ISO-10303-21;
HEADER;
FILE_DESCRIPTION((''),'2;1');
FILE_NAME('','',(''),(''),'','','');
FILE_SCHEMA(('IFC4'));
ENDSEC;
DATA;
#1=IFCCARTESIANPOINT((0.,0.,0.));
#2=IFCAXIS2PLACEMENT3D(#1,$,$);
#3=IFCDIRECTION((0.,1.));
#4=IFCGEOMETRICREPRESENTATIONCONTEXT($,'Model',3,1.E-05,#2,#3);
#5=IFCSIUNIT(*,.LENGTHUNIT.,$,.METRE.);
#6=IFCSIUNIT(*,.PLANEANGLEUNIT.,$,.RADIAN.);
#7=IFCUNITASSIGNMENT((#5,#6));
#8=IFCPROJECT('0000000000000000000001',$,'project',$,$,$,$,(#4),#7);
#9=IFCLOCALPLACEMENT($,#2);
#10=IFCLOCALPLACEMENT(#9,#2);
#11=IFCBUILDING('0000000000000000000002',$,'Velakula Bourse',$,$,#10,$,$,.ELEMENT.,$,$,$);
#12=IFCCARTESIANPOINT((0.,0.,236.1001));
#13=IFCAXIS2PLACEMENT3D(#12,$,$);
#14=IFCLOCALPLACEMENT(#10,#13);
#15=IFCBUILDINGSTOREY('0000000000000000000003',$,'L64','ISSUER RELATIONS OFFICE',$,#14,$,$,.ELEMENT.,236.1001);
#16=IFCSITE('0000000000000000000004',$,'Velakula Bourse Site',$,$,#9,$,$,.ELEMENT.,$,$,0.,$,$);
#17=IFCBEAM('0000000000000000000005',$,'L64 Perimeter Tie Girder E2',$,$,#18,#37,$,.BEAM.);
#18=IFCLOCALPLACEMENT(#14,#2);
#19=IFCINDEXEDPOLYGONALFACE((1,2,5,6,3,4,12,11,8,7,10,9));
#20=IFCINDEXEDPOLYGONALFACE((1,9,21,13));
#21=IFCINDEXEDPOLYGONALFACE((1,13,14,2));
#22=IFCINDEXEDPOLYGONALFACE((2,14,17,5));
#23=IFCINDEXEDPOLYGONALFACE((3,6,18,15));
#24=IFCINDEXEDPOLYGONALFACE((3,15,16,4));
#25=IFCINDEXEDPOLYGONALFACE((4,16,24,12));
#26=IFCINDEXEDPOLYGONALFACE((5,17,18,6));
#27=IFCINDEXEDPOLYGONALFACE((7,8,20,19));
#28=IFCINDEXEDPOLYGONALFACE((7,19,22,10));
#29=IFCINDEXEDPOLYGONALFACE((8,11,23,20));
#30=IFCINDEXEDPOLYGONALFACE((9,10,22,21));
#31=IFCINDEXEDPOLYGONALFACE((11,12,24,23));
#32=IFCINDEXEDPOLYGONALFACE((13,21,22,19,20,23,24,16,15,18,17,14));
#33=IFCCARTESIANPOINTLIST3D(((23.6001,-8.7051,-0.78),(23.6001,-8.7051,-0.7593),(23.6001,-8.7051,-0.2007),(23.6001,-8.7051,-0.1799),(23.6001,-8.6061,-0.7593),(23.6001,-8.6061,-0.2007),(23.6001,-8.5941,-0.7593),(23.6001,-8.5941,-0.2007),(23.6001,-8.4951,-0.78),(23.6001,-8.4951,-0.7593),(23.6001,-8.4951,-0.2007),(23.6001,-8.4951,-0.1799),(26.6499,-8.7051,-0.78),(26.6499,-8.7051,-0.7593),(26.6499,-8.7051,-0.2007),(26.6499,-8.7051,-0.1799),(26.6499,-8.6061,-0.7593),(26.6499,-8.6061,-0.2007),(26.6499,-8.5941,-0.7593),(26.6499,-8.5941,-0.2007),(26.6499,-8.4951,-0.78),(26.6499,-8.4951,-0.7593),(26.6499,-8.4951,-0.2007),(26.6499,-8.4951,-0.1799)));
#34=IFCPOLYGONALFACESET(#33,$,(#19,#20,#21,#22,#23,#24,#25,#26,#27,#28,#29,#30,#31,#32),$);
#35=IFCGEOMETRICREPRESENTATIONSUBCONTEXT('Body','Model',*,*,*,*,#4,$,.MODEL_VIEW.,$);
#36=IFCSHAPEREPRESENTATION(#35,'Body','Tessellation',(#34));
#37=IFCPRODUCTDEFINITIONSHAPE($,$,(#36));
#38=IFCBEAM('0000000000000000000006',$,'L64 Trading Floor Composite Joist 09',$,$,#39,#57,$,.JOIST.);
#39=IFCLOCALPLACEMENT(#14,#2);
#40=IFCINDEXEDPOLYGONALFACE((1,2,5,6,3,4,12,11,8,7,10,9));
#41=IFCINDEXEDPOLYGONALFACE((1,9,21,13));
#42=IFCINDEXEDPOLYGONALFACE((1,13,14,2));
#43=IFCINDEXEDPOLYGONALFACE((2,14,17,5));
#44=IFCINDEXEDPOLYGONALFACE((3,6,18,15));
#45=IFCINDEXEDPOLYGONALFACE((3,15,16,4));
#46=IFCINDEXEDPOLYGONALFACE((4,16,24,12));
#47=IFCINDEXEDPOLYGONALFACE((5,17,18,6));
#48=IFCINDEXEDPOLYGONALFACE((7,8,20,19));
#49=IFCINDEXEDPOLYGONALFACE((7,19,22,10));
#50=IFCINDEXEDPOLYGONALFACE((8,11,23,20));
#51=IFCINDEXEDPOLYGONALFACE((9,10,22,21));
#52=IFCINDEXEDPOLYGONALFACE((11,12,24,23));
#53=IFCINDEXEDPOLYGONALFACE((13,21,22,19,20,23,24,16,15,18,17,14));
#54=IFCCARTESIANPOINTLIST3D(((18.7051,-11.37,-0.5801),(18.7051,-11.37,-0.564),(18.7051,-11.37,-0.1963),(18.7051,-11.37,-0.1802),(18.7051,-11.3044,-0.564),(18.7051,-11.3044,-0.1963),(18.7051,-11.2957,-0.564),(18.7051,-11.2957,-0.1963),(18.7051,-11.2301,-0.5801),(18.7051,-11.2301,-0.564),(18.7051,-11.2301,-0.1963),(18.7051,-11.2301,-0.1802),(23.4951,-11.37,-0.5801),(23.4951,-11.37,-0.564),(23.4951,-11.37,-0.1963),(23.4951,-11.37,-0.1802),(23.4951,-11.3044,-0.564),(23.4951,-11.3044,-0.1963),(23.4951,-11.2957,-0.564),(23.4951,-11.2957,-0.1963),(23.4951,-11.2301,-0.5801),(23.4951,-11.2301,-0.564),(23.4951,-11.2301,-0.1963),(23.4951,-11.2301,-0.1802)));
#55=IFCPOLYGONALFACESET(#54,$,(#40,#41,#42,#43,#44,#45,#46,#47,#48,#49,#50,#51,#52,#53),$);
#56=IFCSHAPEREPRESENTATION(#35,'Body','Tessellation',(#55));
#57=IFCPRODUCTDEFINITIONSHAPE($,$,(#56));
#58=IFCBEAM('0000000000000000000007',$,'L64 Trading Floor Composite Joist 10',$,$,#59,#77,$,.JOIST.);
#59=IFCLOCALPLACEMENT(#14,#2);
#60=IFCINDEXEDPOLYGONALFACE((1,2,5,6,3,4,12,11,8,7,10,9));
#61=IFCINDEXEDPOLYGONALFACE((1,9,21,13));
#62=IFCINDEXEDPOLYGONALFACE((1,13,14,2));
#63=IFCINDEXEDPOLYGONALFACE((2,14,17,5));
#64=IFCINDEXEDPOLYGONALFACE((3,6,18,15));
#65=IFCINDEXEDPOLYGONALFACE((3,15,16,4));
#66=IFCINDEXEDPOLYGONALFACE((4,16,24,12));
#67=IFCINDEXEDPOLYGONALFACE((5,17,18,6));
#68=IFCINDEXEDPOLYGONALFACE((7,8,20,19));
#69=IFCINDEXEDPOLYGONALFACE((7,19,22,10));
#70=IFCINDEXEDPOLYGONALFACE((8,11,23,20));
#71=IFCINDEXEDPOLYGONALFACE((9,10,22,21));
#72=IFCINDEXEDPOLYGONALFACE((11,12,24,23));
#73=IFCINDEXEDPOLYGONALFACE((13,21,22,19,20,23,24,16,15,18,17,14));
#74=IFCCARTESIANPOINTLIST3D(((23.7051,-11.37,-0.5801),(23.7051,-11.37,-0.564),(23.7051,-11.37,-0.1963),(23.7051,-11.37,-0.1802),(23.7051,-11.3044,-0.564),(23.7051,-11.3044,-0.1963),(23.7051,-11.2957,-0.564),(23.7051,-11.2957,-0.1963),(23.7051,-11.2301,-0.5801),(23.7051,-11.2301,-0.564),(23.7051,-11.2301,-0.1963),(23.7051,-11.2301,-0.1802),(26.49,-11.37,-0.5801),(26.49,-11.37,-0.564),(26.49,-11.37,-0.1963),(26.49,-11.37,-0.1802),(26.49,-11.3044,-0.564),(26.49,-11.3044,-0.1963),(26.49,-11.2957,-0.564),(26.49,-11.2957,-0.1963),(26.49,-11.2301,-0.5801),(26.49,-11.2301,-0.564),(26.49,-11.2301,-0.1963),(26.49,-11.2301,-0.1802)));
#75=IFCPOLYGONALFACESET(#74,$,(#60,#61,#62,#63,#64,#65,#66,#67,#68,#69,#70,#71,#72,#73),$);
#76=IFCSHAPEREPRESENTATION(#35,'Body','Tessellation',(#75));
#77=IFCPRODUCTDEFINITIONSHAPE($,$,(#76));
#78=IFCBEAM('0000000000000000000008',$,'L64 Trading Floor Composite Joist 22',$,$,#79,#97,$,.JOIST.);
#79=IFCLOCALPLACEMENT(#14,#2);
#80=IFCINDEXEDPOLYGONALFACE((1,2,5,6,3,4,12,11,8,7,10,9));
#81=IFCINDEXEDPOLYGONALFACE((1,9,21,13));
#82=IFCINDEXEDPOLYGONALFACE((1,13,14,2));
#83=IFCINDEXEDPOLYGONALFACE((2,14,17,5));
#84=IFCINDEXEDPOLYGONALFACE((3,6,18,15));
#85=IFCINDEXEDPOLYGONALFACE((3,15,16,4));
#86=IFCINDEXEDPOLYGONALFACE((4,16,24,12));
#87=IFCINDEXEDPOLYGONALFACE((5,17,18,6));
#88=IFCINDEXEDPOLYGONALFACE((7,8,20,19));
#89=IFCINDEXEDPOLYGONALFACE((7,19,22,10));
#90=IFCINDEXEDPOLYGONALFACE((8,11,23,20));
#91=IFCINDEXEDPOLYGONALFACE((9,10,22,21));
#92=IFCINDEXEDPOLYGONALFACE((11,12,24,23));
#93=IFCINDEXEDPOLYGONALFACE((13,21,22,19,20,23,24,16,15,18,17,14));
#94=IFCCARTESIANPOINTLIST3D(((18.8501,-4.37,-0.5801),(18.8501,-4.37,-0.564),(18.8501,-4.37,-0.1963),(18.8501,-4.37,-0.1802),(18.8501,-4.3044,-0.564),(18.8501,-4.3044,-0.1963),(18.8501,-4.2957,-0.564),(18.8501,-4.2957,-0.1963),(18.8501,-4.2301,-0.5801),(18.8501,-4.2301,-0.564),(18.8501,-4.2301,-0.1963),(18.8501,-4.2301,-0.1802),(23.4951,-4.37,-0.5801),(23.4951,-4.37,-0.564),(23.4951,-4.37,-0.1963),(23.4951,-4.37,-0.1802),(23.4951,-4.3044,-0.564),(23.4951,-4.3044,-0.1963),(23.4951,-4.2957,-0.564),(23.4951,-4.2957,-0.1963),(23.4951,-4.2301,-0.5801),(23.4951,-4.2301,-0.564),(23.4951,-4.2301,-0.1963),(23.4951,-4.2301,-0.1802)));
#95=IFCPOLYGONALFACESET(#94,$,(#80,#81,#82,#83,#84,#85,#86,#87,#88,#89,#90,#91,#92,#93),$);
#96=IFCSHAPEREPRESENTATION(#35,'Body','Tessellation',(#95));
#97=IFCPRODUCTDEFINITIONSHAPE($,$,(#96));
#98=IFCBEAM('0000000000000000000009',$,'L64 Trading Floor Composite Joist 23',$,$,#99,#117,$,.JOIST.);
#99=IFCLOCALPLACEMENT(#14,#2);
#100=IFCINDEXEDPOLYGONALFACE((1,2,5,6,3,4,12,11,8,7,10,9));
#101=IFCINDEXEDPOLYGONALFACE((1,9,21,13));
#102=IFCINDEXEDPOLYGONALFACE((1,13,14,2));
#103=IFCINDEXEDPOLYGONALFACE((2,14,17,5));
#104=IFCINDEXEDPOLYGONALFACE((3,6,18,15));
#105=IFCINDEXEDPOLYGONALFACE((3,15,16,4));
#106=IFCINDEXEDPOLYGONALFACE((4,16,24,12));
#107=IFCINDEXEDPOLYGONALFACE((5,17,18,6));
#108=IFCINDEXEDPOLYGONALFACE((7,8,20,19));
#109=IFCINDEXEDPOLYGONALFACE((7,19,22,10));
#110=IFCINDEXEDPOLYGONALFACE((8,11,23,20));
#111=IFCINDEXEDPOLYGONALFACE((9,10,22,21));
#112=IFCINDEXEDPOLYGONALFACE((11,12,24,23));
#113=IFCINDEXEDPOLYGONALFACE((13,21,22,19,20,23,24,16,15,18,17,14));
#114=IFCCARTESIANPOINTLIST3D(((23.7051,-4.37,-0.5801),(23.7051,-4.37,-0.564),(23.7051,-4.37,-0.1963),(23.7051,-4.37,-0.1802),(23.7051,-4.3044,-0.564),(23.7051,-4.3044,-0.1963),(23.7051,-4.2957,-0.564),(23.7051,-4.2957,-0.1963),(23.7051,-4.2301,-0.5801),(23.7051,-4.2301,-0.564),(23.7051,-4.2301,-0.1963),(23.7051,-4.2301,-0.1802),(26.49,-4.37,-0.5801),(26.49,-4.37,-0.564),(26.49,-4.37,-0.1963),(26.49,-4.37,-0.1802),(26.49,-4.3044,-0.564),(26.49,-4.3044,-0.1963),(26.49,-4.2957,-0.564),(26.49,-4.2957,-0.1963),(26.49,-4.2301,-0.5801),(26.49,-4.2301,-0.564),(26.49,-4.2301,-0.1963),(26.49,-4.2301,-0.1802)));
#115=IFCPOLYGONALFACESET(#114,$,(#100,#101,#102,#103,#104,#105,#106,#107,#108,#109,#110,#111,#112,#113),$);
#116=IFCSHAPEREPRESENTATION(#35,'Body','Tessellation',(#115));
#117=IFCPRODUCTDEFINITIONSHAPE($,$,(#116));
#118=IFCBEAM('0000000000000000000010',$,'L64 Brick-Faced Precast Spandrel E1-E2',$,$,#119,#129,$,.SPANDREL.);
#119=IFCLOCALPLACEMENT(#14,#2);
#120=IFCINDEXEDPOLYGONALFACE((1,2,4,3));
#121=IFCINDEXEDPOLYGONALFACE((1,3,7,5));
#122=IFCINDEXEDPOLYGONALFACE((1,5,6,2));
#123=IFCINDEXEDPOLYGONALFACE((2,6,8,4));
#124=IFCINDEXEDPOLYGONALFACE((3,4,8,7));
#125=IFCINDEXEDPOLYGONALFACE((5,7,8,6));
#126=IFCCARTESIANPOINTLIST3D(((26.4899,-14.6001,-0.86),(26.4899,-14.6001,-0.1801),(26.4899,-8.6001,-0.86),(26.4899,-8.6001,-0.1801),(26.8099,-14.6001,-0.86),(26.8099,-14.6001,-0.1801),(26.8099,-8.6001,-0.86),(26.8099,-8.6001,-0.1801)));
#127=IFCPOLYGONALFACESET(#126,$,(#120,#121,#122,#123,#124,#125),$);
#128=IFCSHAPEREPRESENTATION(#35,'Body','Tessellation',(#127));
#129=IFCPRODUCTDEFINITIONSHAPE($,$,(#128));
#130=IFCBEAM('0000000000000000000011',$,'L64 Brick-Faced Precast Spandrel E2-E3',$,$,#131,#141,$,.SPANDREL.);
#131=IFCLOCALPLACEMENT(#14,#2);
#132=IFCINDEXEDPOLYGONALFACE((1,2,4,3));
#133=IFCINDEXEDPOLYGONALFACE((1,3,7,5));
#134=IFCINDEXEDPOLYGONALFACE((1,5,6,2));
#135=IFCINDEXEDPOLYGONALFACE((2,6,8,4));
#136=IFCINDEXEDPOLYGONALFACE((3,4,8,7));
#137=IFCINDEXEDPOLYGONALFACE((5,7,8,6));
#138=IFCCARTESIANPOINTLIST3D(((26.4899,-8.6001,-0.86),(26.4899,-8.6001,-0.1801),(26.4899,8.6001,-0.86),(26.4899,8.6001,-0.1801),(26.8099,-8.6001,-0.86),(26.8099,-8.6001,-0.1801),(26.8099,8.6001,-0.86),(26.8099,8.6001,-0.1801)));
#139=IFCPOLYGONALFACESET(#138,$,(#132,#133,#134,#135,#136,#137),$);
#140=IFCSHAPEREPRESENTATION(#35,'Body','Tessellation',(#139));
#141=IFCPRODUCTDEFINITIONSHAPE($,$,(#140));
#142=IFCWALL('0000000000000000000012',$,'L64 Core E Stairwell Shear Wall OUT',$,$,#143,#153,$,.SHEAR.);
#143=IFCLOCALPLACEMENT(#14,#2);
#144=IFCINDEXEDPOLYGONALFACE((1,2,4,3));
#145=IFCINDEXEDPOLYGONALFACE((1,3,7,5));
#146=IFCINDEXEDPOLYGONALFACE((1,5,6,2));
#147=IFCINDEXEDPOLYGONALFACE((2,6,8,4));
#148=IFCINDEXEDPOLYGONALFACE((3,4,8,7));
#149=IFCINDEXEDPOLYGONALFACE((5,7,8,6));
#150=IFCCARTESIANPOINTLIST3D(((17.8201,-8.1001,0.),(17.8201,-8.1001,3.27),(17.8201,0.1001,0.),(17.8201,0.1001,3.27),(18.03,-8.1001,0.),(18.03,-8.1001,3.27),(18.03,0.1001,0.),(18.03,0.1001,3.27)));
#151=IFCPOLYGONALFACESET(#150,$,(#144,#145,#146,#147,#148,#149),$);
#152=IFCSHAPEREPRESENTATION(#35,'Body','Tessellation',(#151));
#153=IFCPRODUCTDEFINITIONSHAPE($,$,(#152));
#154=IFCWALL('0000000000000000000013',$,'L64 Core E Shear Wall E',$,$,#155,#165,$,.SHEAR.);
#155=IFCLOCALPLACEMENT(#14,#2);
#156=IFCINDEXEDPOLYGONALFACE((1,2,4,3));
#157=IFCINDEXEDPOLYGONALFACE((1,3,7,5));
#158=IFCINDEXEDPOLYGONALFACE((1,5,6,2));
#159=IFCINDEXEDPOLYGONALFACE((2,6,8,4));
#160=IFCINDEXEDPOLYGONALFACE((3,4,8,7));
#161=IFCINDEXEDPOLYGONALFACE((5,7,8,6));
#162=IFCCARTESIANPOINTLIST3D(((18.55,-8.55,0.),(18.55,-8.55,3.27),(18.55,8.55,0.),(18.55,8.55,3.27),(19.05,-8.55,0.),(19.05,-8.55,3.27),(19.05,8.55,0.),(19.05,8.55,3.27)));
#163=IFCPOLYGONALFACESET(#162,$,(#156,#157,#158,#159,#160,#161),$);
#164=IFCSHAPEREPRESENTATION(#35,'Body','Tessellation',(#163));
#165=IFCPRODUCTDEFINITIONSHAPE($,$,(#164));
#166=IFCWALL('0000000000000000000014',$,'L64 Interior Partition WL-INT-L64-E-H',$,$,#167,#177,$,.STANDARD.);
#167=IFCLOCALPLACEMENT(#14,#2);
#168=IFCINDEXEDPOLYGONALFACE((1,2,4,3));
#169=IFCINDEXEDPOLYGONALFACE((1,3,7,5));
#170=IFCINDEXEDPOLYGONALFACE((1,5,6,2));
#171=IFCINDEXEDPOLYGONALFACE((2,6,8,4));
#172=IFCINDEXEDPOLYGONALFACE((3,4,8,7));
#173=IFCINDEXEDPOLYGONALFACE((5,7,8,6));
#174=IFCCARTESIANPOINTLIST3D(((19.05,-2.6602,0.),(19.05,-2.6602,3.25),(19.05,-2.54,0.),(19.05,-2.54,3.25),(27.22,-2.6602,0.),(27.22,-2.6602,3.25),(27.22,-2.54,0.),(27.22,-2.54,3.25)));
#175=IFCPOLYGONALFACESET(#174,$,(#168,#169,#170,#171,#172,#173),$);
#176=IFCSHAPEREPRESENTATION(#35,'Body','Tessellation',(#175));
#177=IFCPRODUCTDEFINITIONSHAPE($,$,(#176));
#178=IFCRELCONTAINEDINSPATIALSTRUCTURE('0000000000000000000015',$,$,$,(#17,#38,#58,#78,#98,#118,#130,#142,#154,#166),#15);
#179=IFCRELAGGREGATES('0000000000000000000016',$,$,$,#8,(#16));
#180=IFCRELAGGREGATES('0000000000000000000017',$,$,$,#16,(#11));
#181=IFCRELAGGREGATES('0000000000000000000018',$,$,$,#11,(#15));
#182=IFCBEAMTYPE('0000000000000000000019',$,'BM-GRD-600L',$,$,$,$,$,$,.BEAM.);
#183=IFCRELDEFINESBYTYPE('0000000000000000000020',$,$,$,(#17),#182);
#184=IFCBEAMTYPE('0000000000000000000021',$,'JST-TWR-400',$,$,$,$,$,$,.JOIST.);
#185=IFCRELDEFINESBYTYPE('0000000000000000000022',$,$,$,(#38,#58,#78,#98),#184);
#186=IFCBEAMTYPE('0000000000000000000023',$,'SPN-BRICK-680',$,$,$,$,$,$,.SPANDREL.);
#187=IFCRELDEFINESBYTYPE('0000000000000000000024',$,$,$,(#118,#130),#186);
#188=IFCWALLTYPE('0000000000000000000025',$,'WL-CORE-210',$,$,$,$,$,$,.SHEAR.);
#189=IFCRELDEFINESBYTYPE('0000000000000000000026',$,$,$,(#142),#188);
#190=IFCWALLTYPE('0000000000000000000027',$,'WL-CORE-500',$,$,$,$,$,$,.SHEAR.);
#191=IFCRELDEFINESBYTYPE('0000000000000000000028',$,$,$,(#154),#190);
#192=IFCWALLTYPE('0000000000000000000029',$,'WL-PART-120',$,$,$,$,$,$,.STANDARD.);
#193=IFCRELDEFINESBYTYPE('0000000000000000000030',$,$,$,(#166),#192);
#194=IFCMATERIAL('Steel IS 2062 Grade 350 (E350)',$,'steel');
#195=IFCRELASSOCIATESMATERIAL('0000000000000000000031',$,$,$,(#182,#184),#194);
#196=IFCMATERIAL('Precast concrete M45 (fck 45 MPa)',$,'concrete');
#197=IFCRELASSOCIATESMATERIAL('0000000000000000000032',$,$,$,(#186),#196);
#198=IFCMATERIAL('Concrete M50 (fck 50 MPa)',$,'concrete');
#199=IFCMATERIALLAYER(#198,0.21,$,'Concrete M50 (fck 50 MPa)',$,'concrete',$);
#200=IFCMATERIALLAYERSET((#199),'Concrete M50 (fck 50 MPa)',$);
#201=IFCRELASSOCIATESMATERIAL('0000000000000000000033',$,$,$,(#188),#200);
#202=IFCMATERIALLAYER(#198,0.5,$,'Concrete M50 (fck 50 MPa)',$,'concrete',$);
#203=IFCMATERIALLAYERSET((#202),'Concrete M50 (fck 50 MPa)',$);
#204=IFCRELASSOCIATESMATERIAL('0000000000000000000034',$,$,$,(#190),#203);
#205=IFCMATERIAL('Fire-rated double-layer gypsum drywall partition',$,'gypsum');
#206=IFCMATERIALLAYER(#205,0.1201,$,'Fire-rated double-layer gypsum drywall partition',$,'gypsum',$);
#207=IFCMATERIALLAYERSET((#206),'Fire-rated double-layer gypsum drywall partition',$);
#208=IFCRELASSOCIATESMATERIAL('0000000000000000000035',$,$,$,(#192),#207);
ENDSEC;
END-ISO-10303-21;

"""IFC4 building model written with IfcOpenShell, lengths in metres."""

from ifc_helpers import new_model, si_unit, direction, frame, frame_2d, origin, origin_2d, place, context, subcontext, project, spatial, rectangle, i_section, extrude, material, layer, layer_set, material_profile, profile_set, type_object, element, save


model = new_model("IFC4")

# Units and contexts
model_context = context("Model", 3, precision=1e-05, world=origin(), true_north=direction((0.0, 1.0)))
body_context = subcontext(model_context, "Body", "Model", "MODEL_VIEW")
ifc_project = project(units=[si_unit("LENGTHUNIT", "METRE"), si_unit("PLANEANGLEUNIT", "RADIAN")], contexts=[model_context])

# Site, building, storey
site_placement = place(None, origin())
site = spatial("IfcSite", under=ifc_project, at=site_placement, Name="Velakula Bourse Site", CompositionType="ELEMENT", RefElevation=0.0)
building_placement = place(site_placement, origin())
building = spatial("IfcBuilding", under=site, at=building_placement, Name="Velakula Bourse", CompositionType="ELEMENT")
storey_placement = place(building_placement, frame((0.0, 0.0, 236.1001)))
storey = spatial("IfcBuildingStorey", under=building, at=storey_placement, Name="L64", Description="ISSUER RELATIONS OFFICE", CompositionType="ELEMENT", Elevation=236.1001)

# Shared definitions
ifc_material_1 = material(Name="Concrete M50 (fck 50 MPa)", Category="concrete")
ifc_material_2 = material(Name="Steel IS 2062 Grade 350 (E350)", Category="steel")

# Beams
ifc_material_profile_1 = material_profile(ifc_material_2, i_section(OverallWidth=0.21, OverallDepth=0.6001, WebThickness=0.012, FlangeThickness=0.0208, at=origin_2d()), Name="Steel IS 2062 Grade 350 (E350)")
ifc_profile_set_1 = profile_set([ifc_material_profile_1], Name="Steel IS 2062 Grade 350 (E350)")
beam_type_1 = type_object("IfcBeamType", Name="BM-GRD-600L", PredefinedType="BEAM", material=ifc_profile_set_1)
for number, where, z_axis, x_axis, name in (
    (1, (23.6001, -8.6001, -0.48), (1.0, 0.0, 0.0), (0.0, 1.0, 0.0), "L64 Perimeter Tie Girder E2"),
):
    element("IfcBeam", number, at=place(storey_placement, frame(where, z_axis=z_axis, x_axis=x_axis)), inside=storey, type_object=beam_type_1, Name=name, PredefinedType="BEAM", context=body_context, shape_type="SweptSolid", body=[
        extrude(i_section(OverallWidth=0.21, OverallDepth=0.6001, WebThickness=0.012, FlangeThickness=0.0208, at=origin_2d()), origin(), (0.0, 0.0, 1.0), 3.0498),
    ])
ifc_material_profile_2 = material_profile(ifc_material_2, i_section(OverallWidth=0.1399, OverallDepth=0.3999, WebThickness=0.0088, FlangeThickness=0.0161, at=origin_2d()), Name="Steel IS 2062 Grade 350 (E350)")
ifc_profile_set_2 = profile_set([ifc_material_profile_2], Name="Steel IS 2062 Grade 350 (E350)")
beam_type_2 = type_object("IfcBeamType", Name="JST-TWR-400", PredefinedType="JOIST", material=ifc_profile_set_2)
beam_1_placement = place(storey_placement, frame((18.7051, -11.3, -0.3801), z_axis=(1.0, 0.0, 0.0), x_axis=(0.0, 1.0, 0.0)))
element("IfcBeam", 2, at=beam_1_placement, inside=storey, type_object=beam_type_2, Name="L64 Trading Floor Composite Joist 09", PredefinedType="JOIST", context=body_context, shape_type="SweptSolid", body=[
    extrude(i_section(OverallWidth=0.1399, OverallDepth=0.3999, WebThickness=0.0088, FlangeThickness=0.0161, at=origin_2d()), origin(), (0.0, 0.0, 1.0), 4.79),
])
beam_2_placement = place(storey_placement, frame((23.7051, -11.3, -0.3801), z_axis=(1.0, 0.0, 0.0), x_axis=(0.0, 1.0, 0.0)))
element("IfcBeam", 3, at=beam_2_placement, inside=storey, type_object=beam_type_2, Name="L64 Trading Floor Composite Joist 10", PredefinedType="JOIST", context=body_context, shape_type="SweptSolid", body=[
    extrude(i_section(OverallWidth=0.1399, OverallDepth=0.3999, WebThickness=0.0088, FlangeThickness=0.0161, at=origin_2d()), origin(), (0.0, 0.0, 1.0), 2.7849),
])
beam_3_placement = place(storey_placement, frame((18.8501, -4.3, -0.3801), z_axis=(1.0, 0.0, 0.0), x_axis=(0.0, 1.0, 0.0)))
element("IfcBeam", 4, at=beam_3_placement, inside=storey, type_object=beam_type_2, Name="L64 Trading Floor Composite Joist 22", PredefinedType="JOIST", context=body_context, shape_type="SweptSolid", body=[
    extrude(i_section(OverallWidth=0.1399, OverallDepth=0.3999, WebThickness=0.0088, FlangeThickness=0.0161, at=origin_2d()), origin(), (0.0, 0.0, 1.0), 4.645),
])
beam_4_placement = place(storey_placement, frame((23.7051, -4.3, -0.3801), z_axis=(1.0, 0.0, 0.0), x_axis=(0.0, 1.0, 0.0)))
element("IfcBeam", 5, at=beam_4_placement, inside=storey, type_object=beam_type_2, Name="L64 Trading Floor Composite Joist 23", PredefinedType="JOIST", context=body_context, shape_type="SweptSolid", body=[
    extrude(i_section(OverallWidth=0.1399, OverallDepth=0.3999, WebThickness=0.0088, FlangeThickness=0.0161, at=origin_2d()), origin(), (0.0, 0.0, 1.0), 2.7849),
])
ifc_material_3 = material(Name="Precast concrete M45 (fck 45 MPa)", Category="concrete")
ifc_material_profile_3 = material_profile(ifc_material_3, rectangle(XDim=0.3201, YDim=0.6799, at=origin_2d()), Name="Precast concrete M45 (fck 45 MPa)")
ifc_profile_set_3 = profile_set([ifc_material_profile_3], Name="Precast concrete M45 (fck 45 MPa)")
beam_type_3 = type_object("IfcBeamType", Name="SPN-BRICK-680", PredefinedType="SPANDREL", material=ifc_profile_set_3)
beam_5_placement = place(storey_placement, frame((26.6499, -14.6001, -0.52), z_axis=(0.0, 1.0, 0.0), x_axis=(-1.0, 0.0, 0.0)))
element("IfcBeam", 6, at=beam_5_placement, inside=storey, type_object=beam_type_3, Name="L64 Brick-Faced Precast Spandrel E1-E2", PredefinedType="SPANDREL", context=body_context, shape_type="SweptSolid", body=[
    extrude(rectangle(XDim=0.3201, YDim=0.6799, at=origin_2d()), origin(), (0.0, 0.0, 1.0), 6.0),
])
beam_6_placement = place(storey_placement, frame((26.6499, -8.6001, -0.52), z_axis=(0.0, 1.0, 0.0), x_axis=(-1.0, 0.0, 0.0)))
element("IfcBeam", 7, at=beam_6_placement, inside=storey, type_object=beam_type_3, Name="L64 Brick-Faced Precast Spandrel E2-E3", PredefinedType="SPANDREL", context=body_context, shape_type="SweptSolid", body=[
    extrude(rectangle(XDim=0.3201, YDim=0.6799, at=origin_2d()), origin(), (0.0, 0.0, 1.0), 17.2002),
])

# Walls
ifc_layer_1 = layer(ifc_material_1, 0.21, Name="Concrete M50 (fck 50 MPa)", Category="concrete")
ifc_layer_set_1 = layer_set([ifc_layer_1], Name="Concrete M50 (fck 50 MPa)")
wall_type_1 = type_object("IfcWallType", Name="WL-CORE-210", PredefinedType="SHEAR", material=ifc_layer_set_1)
wall_1_placement = place(storey_placement, frame((17.925, -8.1001, 0.0), z_axis=(0.0, 0.0, 1.0), x_axis=(0.0, 1.0, 0.0)))
element("IfcWall", 8, at=wall_1_placement, inside=storey, type_object=wall_type_1, Name="L64 Core E Stairwell Shear Wall OUT", PredefinedType="SHEAR", context=body_context, shape_type="SweptSolid", body=[
    extrude(rectangle(XDim=8.2002, YDim=0.21, at=frame_2d((4.1001, 0.0))), origin(), (0.0, 0.0, 1.0), 3.27),
])
ifc_layer_2 = layer(ifc_material_1, 0.5, Name="Concrete M50 (fck 50 MPa)", Category="concrete")
ifc_layer_set_2 = layer_set([ifc_layer_2], Name="Concrete M50 (fck 50 MPa)")
wall_type_2 = type_object("IfcWallType", Name="WL-CORE-500", PredefinedType="SHEAR", material=ifc_layer_set_2)
wall_2_placement = place(storey_placement, frame((18.8, -8.55, 0.0), z_axis=(0.0, 0.0, 1.0), x_axis=(0.0, 1.0, 0.0)))
element("IfcWall", 9, at=wall_2_placement, inside=storey, type_object=wall_type_2, Name="L64 Core E Shear Wall E", PredefinedType="SHEAR", context=body_context, shape_type="SweptSolid", body=[
    extrude(rectangle(XDim=17.1001, YDim=0.5, at=frame_2d((8.55, 0.0))), origin(), (0.0, 0.0, 1.0), 3.27),
])
ifc_material_4 = material(Name="Fire-rated double-layer gypsum drywall partition", Category="gypsum")
ifc_layer_3 = layer(ifc_material_4, 0.1201, Name="Fire-rated double-layer gypsum drywall partition", Category="gypsum")
ifc_layer_set_3 = layer_set([ifc_layer_3], Name="Fire-rated double-layer gypsum drywall partition")
wall_type_3 = type_object("IfcWallType", Name="WL-PART-120", PredefinedType="STANDARD", material=ifc_layer_set_3)
wall_3_placement = place(storey_placement, frame((19.05, -2.6001, 0.0), z_axis=(0.0, 0.0, 1.0), x_axis=(1.0, 0.0, 0.0)))
element("IfcWall", 10, at=wall_3_placement, inside=storey, type_object=wall_type_3, Name="L64 Interior Partition WL-INT-L64-E-H", PredefinedType="STANDARD", context=body_context, shape_type="SweptSolid", body=[
    extrude(rectangle(XDim=8.1699, YDim=0.1201, at=frame_2d((4.085, 0.0))), origin(), (0.0, 0.0, 1.0), 3.25),
])

save(model, "model.ifc")
